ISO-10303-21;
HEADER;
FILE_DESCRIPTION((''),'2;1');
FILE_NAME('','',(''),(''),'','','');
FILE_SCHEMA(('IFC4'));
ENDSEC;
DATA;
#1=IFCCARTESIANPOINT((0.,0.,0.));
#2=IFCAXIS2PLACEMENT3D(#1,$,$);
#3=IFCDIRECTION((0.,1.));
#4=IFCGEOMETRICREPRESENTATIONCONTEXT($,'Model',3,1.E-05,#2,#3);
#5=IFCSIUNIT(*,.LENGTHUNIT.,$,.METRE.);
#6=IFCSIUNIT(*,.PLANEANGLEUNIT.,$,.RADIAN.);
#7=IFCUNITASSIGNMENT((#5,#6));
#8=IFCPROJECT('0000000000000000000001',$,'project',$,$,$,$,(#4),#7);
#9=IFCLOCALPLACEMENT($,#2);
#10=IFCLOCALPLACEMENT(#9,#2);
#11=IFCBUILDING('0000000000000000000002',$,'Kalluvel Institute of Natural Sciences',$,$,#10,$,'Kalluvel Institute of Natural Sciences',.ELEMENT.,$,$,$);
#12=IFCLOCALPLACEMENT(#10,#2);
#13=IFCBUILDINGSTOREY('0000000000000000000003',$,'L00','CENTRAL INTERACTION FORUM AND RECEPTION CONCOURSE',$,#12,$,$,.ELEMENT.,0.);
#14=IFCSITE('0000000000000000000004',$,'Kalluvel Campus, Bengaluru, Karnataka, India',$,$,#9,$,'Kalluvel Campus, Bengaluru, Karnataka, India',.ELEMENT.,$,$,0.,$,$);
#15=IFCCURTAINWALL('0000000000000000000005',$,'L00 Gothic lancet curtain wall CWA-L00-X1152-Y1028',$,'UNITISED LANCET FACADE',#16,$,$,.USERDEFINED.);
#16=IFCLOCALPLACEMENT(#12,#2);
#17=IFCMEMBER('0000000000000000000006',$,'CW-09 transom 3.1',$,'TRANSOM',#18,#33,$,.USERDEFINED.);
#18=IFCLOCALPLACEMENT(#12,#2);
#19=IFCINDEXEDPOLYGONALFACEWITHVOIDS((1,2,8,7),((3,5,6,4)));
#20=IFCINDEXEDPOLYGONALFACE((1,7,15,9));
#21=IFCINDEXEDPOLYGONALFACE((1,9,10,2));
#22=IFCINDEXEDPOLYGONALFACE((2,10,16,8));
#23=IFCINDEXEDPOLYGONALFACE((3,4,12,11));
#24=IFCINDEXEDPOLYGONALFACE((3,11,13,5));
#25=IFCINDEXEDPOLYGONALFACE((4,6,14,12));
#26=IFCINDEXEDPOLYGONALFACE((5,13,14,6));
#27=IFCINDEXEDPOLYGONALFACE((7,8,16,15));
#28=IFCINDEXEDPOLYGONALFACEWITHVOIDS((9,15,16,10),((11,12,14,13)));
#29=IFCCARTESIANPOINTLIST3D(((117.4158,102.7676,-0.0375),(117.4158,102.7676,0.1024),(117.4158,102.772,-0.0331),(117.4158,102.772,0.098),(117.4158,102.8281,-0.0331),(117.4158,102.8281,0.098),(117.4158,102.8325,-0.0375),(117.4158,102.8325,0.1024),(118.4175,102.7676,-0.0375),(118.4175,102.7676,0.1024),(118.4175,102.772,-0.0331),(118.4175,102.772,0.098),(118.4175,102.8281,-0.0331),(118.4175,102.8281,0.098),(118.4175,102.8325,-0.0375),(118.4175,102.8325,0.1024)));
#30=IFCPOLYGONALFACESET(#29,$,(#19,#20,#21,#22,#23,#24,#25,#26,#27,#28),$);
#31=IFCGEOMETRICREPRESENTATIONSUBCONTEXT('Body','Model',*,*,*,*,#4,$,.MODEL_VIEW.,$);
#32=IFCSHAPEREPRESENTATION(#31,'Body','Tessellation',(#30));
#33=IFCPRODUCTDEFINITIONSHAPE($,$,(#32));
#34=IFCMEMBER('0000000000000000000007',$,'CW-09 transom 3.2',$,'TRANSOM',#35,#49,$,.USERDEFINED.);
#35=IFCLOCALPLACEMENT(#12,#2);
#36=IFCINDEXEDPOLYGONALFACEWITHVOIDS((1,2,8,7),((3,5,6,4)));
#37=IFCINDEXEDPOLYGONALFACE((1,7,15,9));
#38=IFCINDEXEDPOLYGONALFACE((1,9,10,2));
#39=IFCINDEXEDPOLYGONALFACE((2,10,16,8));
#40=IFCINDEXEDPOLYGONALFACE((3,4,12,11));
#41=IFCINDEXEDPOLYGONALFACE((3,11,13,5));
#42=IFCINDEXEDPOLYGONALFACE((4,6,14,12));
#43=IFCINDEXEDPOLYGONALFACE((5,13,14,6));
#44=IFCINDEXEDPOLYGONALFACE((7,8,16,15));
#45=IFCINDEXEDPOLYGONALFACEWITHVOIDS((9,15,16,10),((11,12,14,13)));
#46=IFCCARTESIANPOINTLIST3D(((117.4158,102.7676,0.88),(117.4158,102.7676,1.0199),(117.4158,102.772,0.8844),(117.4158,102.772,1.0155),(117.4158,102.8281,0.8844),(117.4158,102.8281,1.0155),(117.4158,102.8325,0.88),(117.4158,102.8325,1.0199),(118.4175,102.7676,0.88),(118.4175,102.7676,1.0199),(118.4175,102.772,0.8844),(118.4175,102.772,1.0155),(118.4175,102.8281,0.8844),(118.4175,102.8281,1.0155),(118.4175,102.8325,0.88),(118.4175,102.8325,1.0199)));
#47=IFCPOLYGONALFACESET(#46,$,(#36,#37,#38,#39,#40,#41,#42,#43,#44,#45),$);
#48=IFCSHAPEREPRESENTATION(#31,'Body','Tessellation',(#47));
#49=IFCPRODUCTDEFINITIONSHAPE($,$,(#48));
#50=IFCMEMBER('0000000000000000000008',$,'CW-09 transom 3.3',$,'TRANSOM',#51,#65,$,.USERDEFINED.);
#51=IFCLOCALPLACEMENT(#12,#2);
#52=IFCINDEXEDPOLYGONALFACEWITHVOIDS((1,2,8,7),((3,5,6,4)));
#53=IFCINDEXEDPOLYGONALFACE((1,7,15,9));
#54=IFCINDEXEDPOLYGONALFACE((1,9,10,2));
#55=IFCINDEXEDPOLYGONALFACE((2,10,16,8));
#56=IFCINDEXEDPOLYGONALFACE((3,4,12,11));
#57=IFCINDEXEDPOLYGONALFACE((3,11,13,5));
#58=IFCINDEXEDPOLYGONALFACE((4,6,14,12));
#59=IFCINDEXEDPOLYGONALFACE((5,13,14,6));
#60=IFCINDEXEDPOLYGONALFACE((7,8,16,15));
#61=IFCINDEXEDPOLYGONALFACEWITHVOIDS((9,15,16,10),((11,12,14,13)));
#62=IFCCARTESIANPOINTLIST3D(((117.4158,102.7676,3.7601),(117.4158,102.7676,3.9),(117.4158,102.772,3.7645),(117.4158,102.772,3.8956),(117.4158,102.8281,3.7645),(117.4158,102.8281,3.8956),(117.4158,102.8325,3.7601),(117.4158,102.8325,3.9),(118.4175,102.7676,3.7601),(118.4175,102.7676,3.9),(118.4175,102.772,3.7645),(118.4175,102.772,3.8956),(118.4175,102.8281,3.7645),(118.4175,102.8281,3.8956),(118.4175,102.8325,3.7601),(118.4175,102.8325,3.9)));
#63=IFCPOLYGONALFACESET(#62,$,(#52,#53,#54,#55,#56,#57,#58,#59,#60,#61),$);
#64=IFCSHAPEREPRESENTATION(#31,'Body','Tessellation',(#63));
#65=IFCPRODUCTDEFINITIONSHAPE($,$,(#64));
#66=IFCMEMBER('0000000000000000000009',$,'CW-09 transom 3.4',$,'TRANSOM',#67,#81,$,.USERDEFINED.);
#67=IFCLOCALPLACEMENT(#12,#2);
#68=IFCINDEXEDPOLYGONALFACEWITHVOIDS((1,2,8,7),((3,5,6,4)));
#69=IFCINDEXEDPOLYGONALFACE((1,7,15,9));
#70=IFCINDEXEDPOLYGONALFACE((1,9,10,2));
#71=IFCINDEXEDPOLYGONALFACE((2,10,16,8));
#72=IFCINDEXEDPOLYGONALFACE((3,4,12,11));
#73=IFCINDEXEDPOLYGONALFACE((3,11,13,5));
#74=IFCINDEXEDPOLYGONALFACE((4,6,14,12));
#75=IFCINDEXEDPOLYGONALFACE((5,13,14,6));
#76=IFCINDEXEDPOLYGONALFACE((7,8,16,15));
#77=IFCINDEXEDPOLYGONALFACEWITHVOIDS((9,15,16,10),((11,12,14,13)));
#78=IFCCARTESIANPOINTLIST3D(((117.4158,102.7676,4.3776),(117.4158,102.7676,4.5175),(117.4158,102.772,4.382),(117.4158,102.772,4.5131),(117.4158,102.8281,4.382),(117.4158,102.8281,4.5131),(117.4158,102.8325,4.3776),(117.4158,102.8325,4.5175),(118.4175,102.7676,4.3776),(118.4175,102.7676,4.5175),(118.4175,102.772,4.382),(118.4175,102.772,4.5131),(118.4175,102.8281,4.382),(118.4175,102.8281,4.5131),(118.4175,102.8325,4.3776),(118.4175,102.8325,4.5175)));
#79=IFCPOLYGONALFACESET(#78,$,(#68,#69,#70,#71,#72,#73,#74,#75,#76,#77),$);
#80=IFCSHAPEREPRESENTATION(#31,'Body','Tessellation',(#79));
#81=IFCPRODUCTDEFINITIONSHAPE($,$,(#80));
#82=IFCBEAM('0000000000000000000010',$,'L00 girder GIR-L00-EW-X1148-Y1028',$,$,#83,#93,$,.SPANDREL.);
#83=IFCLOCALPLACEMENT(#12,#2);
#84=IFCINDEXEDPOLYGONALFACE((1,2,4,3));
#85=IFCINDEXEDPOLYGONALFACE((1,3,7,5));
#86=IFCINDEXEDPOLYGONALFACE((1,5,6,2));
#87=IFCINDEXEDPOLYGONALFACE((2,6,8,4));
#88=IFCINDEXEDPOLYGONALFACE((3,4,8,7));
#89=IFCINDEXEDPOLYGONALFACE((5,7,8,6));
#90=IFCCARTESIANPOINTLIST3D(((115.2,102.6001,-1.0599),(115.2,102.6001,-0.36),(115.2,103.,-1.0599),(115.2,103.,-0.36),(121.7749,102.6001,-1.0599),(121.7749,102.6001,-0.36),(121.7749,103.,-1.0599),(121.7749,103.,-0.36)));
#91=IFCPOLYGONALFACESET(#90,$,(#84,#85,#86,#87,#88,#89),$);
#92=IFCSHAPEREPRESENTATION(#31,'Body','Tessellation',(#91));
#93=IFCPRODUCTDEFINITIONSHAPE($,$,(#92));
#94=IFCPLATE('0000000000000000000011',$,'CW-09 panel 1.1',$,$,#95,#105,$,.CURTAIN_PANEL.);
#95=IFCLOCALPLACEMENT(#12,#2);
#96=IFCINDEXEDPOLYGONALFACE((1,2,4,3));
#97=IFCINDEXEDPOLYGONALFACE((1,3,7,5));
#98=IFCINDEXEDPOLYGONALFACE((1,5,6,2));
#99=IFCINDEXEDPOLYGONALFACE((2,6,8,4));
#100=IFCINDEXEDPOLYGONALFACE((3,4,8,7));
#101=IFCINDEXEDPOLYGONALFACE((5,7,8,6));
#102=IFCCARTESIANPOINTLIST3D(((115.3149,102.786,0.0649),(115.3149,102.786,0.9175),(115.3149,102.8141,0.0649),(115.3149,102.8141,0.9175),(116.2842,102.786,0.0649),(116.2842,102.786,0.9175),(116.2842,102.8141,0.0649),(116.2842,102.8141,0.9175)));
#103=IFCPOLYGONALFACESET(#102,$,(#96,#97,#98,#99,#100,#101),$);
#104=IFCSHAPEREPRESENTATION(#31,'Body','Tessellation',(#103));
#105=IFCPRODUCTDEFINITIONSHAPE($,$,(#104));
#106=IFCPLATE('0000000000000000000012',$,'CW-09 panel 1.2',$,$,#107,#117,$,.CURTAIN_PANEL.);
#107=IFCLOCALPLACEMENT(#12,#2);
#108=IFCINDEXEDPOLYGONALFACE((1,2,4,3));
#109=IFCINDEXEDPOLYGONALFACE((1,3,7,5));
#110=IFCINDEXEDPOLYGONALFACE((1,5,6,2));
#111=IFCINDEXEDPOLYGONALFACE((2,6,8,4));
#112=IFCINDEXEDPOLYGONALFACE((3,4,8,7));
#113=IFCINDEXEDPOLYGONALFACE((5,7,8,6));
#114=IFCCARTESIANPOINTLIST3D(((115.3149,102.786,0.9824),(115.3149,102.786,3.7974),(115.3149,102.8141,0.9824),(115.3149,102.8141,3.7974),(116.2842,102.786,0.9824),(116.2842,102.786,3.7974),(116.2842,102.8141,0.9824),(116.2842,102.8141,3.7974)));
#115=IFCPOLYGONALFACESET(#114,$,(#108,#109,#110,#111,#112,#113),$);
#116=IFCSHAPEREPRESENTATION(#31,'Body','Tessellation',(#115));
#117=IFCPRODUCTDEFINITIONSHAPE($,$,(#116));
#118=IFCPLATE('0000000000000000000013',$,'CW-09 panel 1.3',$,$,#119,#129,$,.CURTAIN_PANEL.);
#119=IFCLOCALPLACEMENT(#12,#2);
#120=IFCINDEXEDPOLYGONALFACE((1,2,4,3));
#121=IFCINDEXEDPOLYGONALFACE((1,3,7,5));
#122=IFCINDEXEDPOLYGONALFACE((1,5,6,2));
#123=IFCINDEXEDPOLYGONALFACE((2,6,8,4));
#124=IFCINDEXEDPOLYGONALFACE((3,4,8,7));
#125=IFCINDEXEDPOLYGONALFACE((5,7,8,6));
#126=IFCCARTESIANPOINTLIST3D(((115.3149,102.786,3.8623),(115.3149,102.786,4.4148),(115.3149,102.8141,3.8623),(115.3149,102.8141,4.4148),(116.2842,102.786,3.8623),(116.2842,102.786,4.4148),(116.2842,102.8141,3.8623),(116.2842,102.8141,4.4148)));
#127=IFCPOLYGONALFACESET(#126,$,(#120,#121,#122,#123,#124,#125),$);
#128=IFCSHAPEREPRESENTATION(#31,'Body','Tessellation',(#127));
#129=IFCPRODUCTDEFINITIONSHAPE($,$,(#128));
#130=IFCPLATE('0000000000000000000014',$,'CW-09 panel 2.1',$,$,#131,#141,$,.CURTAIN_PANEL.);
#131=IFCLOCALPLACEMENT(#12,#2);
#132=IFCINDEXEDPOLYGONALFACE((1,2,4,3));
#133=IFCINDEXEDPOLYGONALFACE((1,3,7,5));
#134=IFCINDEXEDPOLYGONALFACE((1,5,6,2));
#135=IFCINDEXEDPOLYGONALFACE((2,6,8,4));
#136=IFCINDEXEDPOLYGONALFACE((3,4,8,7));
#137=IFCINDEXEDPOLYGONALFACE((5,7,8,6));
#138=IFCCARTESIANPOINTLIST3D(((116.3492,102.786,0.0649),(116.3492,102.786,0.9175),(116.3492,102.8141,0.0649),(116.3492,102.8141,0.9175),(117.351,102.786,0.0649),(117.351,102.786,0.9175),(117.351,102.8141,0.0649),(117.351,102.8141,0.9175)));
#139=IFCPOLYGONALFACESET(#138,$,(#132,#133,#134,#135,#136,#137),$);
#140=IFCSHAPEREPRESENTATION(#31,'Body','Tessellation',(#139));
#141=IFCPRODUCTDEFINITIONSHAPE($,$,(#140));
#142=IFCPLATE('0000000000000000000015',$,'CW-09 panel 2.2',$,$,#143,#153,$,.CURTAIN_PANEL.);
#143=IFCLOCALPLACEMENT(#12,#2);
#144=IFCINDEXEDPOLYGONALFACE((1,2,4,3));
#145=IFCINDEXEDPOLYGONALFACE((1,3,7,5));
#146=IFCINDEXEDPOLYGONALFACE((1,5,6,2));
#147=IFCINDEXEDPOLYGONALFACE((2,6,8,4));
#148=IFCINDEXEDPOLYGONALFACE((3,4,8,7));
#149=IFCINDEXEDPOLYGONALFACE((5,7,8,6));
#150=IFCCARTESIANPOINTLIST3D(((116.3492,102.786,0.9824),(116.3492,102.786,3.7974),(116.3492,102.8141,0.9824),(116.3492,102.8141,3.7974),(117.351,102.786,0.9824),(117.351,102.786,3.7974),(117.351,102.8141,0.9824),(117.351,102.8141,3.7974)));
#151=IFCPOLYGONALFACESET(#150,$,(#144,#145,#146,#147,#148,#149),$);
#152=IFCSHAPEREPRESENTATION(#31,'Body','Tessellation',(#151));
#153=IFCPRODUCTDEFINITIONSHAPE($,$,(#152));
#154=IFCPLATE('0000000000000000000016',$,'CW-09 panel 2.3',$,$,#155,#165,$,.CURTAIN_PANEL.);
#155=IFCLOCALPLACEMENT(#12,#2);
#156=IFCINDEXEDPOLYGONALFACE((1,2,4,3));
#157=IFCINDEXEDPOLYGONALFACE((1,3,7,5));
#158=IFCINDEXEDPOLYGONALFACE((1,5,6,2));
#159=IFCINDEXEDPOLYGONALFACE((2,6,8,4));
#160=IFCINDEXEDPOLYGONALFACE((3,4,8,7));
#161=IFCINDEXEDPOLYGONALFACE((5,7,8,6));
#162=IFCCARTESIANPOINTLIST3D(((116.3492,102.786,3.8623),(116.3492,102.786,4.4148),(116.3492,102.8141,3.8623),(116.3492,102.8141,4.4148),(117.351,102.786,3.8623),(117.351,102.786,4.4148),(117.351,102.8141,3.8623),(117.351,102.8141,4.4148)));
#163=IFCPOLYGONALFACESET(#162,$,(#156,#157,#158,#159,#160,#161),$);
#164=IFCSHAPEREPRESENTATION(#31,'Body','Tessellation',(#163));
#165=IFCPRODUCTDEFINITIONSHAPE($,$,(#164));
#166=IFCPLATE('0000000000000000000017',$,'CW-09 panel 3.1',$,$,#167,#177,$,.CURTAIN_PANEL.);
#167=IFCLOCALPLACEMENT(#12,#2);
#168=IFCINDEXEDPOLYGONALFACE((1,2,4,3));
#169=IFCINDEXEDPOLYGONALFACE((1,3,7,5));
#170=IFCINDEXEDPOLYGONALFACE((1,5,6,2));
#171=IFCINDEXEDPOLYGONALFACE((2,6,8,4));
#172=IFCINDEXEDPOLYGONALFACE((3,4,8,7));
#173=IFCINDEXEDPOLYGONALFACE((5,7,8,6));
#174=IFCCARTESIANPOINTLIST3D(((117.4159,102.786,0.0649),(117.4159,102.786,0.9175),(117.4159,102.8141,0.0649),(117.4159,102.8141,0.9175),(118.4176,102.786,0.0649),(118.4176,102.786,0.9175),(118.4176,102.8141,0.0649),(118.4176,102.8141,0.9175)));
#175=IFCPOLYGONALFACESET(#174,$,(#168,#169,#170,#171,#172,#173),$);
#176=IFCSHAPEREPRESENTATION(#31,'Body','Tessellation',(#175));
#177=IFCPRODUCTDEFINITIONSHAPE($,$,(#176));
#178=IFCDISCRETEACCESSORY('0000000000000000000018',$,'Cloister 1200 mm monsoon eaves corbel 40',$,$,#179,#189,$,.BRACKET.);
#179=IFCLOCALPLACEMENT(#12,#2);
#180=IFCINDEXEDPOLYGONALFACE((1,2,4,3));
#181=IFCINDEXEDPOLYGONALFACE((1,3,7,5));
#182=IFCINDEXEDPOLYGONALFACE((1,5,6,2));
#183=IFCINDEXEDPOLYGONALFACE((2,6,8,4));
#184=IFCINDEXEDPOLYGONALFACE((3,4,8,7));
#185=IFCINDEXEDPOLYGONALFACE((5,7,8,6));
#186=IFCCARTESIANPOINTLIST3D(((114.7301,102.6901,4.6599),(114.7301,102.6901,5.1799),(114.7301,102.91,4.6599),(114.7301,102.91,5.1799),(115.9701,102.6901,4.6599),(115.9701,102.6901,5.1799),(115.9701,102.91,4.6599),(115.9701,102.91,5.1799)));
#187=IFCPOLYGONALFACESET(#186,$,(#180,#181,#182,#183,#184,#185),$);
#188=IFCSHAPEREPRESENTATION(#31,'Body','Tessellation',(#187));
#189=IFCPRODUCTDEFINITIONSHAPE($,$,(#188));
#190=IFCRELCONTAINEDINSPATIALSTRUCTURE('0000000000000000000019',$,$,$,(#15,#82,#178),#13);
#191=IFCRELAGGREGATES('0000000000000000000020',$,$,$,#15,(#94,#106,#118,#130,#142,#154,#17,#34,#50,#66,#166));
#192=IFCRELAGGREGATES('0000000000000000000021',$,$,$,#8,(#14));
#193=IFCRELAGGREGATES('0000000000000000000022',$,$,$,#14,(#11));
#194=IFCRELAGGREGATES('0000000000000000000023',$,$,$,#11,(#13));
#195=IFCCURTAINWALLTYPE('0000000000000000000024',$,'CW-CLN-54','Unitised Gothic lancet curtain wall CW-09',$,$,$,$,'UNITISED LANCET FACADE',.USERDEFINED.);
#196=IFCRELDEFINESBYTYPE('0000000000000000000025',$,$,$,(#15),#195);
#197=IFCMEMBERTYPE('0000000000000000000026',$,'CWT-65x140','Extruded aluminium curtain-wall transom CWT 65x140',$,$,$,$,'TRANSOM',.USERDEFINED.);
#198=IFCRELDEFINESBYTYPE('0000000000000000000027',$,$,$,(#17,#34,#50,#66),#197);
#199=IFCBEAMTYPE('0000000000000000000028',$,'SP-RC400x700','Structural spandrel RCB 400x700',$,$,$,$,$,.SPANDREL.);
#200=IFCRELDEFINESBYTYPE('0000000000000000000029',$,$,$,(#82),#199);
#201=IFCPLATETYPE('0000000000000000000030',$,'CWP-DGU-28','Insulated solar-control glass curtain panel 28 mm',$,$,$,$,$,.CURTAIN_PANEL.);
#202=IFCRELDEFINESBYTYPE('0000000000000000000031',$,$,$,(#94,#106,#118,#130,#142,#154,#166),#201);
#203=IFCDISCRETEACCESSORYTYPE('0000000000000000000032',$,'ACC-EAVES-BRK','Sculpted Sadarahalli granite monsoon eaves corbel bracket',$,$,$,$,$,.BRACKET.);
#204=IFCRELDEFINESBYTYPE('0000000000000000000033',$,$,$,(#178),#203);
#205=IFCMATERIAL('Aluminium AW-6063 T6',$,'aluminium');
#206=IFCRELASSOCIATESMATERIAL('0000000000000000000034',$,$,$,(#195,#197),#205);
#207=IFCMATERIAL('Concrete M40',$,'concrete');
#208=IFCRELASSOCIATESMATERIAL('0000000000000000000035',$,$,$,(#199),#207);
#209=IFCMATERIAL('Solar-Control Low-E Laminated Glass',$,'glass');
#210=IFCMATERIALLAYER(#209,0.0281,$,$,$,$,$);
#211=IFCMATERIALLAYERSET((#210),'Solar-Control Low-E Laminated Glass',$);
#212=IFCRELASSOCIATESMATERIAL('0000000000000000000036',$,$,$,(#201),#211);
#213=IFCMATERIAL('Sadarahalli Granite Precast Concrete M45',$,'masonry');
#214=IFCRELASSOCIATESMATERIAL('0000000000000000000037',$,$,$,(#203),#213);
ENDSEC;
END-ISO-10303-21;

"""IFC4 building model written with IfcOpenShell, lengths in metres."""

from ifc_helpers import new_model, si_unit, direction, frame, origin, origin_2d, place, context, subcontext, project, spatial, rectangle, hollow_rectangle, extrude, material, layer, layer_set, material_profile, profile_set, type_object, element, aggregate, save


model = new_model("IFC4")

# Units and contexts
model_context = context("Model", 3, precision=1e-05, world=origin(), true_north=direction((0.0, 1.0)))
body_context = subcontext(model_context, "Body", "Model", "MODEL_VIEW")
ifc_project = project(units=[si_unit("LENGTHUNIT", "METRE"), si_unit("PLANEANGLEUNIT", "RADIAN")], contexts=[model_context])

# Site, building, storey
site_placement = place(None, origin())
site = spatial("IfcSite", under=ifc_project, at=site_placement, Name="Kalluvel Campus, Bengaluru, Karnataka, India", LongName="Kalluvel Campus, Bengaluru, Karnataka, India", CompositionType="ELEMENT", RefElevation=0.0)
building_placement = place(site_placement, origin())
building = spatial("IfcBuilding", under=site, at=building_placement, Name="Kalluvel Institute of Natural Sciences", LongName="Kalluvel Institute of Natural Sciences", CompositionType="ELEMENT")
storey_placement = place(building_placement, origin())
storey = spatial("IfcBuildingStorey", under=building, at=storey_placement, Name="L00", Description="CENTRAL INTERACTION FORUM AND RECEPTION CONCOURSE", CompositionType="ELEMENT", Elevation=0.0)

# Curtain wall, members
ifc_material_1 = material(Name="Aluminium AW-6063 T6", Category="aluminium")
curtain_wall_type = type_object("IfcCurtainWallType", Name="CW-CLN-54", Description="Unitised Gothic lancet curtain wall CW-09", ElementType="UNITISED LANCET FACADE", PredefinedType="USERDEFINED", material=ifc_material_1)
curtain_wall_placement = place(storey_placement, origin())
curtain_wall = element("IfcCurtainWall", 1, at=curtain_wall_placement, inside=storey, type_object=curtain_wall_type, Name="L00 Gothic lancet curtain wall CWA-L00-X1152-Y1028", ObjectType="UNITISED LANCET FACADE", PredefinedType="USERDEFINED")
ifc_material_profile_1 = material_profile(ifc_material_1, hollow_rectangle(XDim=0.0649, YDim=0.1399, WallThickness=0.0044, at=origin_2d()), Name="CWT 65x140")
ifc_profile_set_1 = profile_set([ifc_material_profile_1], Name="Aluminium AW-6063 T6")
member_type_1 = type_object("IfcMemberType", Name="CWT-65x140", Description="Extruded aluminium curtain-wall transom CWT 65x140", ElementType="TRANSOM", PredefinedType="USERDEFINED", material=ifc_profile_set_1)
member_1_placement = place(storey_placement, frame((117.4158, 102.8, 0.0325), z_axis=(1.0, 0.0, 0.0), x_axis=(0.0, 1.0, 0.0)))
member_1 = element("IfcMember", 2, at=member_1_placement, type_object=member_type_1, Name="CW-09 transom 3.1", ObjectType="TRANSOM", PredefinedType="USERDEFINED", context=body_context, shape_type="SweptSolid", body=[
    extrude(hollow_rectangle(XDim=0.0649, YDim=0.1399, WallThickness=0.0044, at=origin_2d()), origin(), (0.0, 0.0, 1.0), 1.0017),
])
member_2_placement = place(storey_placement, frame((117.4158, 102.8, 0.95), z_axis=(1.0, 0.0, 0.0), x_axis=(0.0, 1.0, 0.0)))
member_2 = element("IfcMember", 3, at=member_2_placement, type_object=member_type_1, Name="CW-09 transom 3.2", ObjectType="TRANSOM", PredefinedType="USERDEFINED", context=body_context, shape_type="SweptSolid", body=[
    extrude(hollow_rectangle(XDim=0.0649, YDim=0.1399, WallThickness=0.0044, at=origin_2d()), origin(), (0.0, 0.0, 1.0), 1.0017),
])
member_3_placement = place(storey_placement, frame((117.4158, 102.8, 3.8301), z_axis=(1.0, 0.0, 0.0), x_axis=(0.0, 1.0, 0.0)))
member_3 = element("IfcMember", 4, at=member_3_placement, type_object=member_type_1, Name="CW-09 transom 3.3", ObjectType="TRANSOM", PredefinedType="USERDEFINED", context=body_context, shape_type="SweptSolid", body=[
    extrude(hollow_rectangle(XDim=0.0649, YDim=0.1399, WallThickness=0.0044, at=origin_2d()), origin(), (0.0, 0.0, 1.0), 1.0017),
])
member_4_placement = place(storey_placement, frame((117.4158, 102.8, 4.4475), z_axis=(1.0, 0.0, 0.0), x_axis=(0.0, 1.0, 0.0)))
member_4 = element("IfcMember", 5, at=member_4_placement, type_object=member_type_1, Name="CW-09 transom 3.4", ObjectType="TRANSOM", PredefinedType="USERDEFINED", context=body_context, shape_type="SweptSolid", body=[
    extrude(hollow_rectangle(XDim=0.0649, YDim=0.1399, WallThickness=0.0044, at=origin_2d()), origin(), (0.0, 0.0, 1.0), 1.0017),
])

# Beam
ifc_material_2 = material(Name="Concrete M40", Category="concrete")
ifc_material_profile_2 = material_profile(ifc_material_2, rectangle(XDim=0.3999, YDim=0.7, at=origin_2d()), Name="RCB 400x700")
ifc_profile_set_2 = profile_set([ifc_material_profile_2], Name="Concrete M40")
beam_type = type_object("IfcBeamType", Name="SP-RC400x700", Description="Structural spandrel RCB 400x700", PredefinedType="SPANDREL", material=ifc_profile_set_2)
beam_placement = place(storey_placement, frame((115.2, 102.8, -0.71), z_axis=(1.0, 0.0, 0.0), x_axis=(0.0, 1.0, 0.0)))
element("IfcBeam", 6, at=beam_placement, inside=storey, type_object=beam_type, Name="L00 girder GIR-L00-EW-X1148-Y1028", PredefinedType="SPANDREL", context=body_context, shape_type="SweptSolid", body=[
    extrude(rectangle(XDim=0.3999, YDim=0.7, at=origin_2d()), origin(), (0.0, 0.0, 1.0), 6.575),
])

# Plates
ifc_material_3 = material(Name="Solar-Control Low-E Laminated Glass", Category="glass")
ifc_layer = layer(ifc_material_3, 0.0281)
ifc_layer_set = layer_set([ifc_layer], Name="Solar-Control Low-E Laminated Glass")
plate_type = type_object("IfcPlateType", Name="CWP-DGU-28", Description="Insulated solar-control glass curtain panel 28 mm", PredefinedType="CURTAIN_PANEL", material=ifc_layer_set)
plate_1_placement = place(storey_placement, frame((115.7996, 102.8, 0.0649), z_axis=(0.0, 0.0, 1.0), x_axis=(1.0, 0.0, 0.0)))
plate_1 = element("IfcPlate", 7, at=plate_1_placement, type_object=plate_type, Name="CW-09 panel 1.1", PredefinedType="CURTAIN_PANEL", context=body_context, shape_type="SweptSolid", body=[
    extrude(rectangle(XDim=0.9692, YDim=0.0281, at=origin_2d()), origin(), (0.0, 0.0, 1.0), 0.8525),
])
plate_2_placement = place(storey_placement, frame((115.7996, 102.8, 0.9824), z_axis=(0.0, 0.0, 1.0), x_axis=(1.0, 0.0, 0.0)))
plate_2 = element("IfcPlate", 8, at=plate_2_placement, type_object=plate_type, Name="CW-09 panel 1.2", PredefinedType="CURTAIN_PANEL", context=body_context, shape_type="SweptSolid", body=[
    extrude(rectangle(XDim=0.9692, YDim=0.0281, at=origin_2d()), origin(), (0.0, 0.0, 1.0), 2.8149),
])
plate_3_placement = place(storey_placement, frame((115.7996, 102.8, 3.8623), z_axis=(0.0, 0.0, 1.0), x_axis=(1.0, 0.0, 0.0)))
plate_3 = element("IfcPlate", 9, at=plate_3_placement, type_object=plate_type, Name="CW-09 panel 1.3", PredefinedType="CURTAIN_PANEL", context=body_context, shape_type="SweptSolid", body=[
    extrude(rectangle(XDim=0.9692, YDim=0.0281, at=origin_2d()), origin(), (0.0, 0.0, 1.0), 0.5525),
])
plate_4_placement = place(storey_placement, frame((116.8501, 102.8, 0.0649), z_axis=(0.0, 0.0, 1.0), x_axis=(1.0, 0.0, 0.0)))
plate_4 = element("IfcPlate", 10, at=plate_4_placement, type_object=plate_type, Name="CW-09 panel 2.1", PredefinedType="CURTAIN_PANEL", context=body_context, shape_type="SweptSolid", body=[
    extrude(rectangle(XDim=1.0017, YDim=0.0281, at=origin_2d()), origin(), (0.0, 0.0, 1.0), 0.8525),
])
plate_5_placement = place(storey_placement, frame((116.8501, 102.8, 0.9824), z_axis=(0.0, 0.0, 1.0), x_axis=(1.0, 0.0, 0.0)))
plate_5 = element("IfcPlate", 11, at=plate_5_placement, type_object=plate_type, Name="CW-09 panel 2.2", PredefinedType="CURTAIN_PANEL", context=body_context, shape_type="SweptSolid", body=[
    extrude(rectangle(XDim=1.0017, YDim=0.0281, at=origin_2d()), origin(), (0.0, 0.0, 1.0), 2.8149),
])
plate_6_placement = place(storey_placement, frame((116.8501, 102.8, 3.8623), z_axis=(0.0, 0.0, 1.0), x_axis=(1.0, 0.0, 0.0)))
plate_6 = element("IfcPlate", 12, at=plate_6_placement, type_object=plate_type, Name="CW-09 panel 2.3", PredefinedType="CURTAIN_PANEL", context=body_context, shape_type="SweptSolid", body=[
    extrude(rectangle(XDim=1.0017, YDim=0.0281, at=origin_2d()), origin(), (0.0, 0.0, 1.0), 0.5525),
])
plate_7_placement = place(storey_placement, frame((117.9167, 102.8, 0.0649), z_axis=(0.0, 0.0, 1.0), x_axis=(1.0, 0.0, 0.0)))
plate_7 = element("IfcPlate", 13, at=plate_7_placement, type_object=plate_type, Name="CW-09 panel 3.1", PredefinedType="CURTAIN_PANEL", context=body_context, shape_type="SweptSolid", body=[
    extrude(rectangle(XDim=1.0017, YDim=0.0281, at=origin_2d()), origin(), (0.0, 0.0, 1.0), 0.8525),
])
aggregate(curtain_wall, [plate_1, plate_2, plate_3, plate_4, plate_5, plate_6, member_1, member_2, member_3, member_4, plate_7])

# Discrete accessory
ifc_material_4 = material(Name="Sadarahalli Granite Precast Concrete M45", Category="masonry")
discrete_accessory_type = type_object("IfcDiscreteAccessoryType", Name="ACC-EAVES-BRK", Description="Sculpted Sadarahalli granite monsoon eaves corbel bracket", PredefinedType="BRACKET", material=ifc_material_4)
discrete_accessory_placement = place(storey_placement, frame((115.3501, 102.8, 4.6599), z_axis=(0.0, 0.0, 1.0), x_axis=(1.0, 0.0, 0.0)))
element("IfcDiscreteAccessory", 14, at=discrete_accessory_placement, inside=storey, type_object=discrete_accessory_type, Name="Cloister 1200 mm monsoon eaves corbel 40", PredefinedType="BRACKET", context=body_context, shape_type="SweptSolid", body=[
    extrude(rectangle(XDim=1.24, YDim=0.22, at=origin_2d()), origin(), (0.0, 0.0, 1.0), 0.52),
])

save(model, "model.ifc")
